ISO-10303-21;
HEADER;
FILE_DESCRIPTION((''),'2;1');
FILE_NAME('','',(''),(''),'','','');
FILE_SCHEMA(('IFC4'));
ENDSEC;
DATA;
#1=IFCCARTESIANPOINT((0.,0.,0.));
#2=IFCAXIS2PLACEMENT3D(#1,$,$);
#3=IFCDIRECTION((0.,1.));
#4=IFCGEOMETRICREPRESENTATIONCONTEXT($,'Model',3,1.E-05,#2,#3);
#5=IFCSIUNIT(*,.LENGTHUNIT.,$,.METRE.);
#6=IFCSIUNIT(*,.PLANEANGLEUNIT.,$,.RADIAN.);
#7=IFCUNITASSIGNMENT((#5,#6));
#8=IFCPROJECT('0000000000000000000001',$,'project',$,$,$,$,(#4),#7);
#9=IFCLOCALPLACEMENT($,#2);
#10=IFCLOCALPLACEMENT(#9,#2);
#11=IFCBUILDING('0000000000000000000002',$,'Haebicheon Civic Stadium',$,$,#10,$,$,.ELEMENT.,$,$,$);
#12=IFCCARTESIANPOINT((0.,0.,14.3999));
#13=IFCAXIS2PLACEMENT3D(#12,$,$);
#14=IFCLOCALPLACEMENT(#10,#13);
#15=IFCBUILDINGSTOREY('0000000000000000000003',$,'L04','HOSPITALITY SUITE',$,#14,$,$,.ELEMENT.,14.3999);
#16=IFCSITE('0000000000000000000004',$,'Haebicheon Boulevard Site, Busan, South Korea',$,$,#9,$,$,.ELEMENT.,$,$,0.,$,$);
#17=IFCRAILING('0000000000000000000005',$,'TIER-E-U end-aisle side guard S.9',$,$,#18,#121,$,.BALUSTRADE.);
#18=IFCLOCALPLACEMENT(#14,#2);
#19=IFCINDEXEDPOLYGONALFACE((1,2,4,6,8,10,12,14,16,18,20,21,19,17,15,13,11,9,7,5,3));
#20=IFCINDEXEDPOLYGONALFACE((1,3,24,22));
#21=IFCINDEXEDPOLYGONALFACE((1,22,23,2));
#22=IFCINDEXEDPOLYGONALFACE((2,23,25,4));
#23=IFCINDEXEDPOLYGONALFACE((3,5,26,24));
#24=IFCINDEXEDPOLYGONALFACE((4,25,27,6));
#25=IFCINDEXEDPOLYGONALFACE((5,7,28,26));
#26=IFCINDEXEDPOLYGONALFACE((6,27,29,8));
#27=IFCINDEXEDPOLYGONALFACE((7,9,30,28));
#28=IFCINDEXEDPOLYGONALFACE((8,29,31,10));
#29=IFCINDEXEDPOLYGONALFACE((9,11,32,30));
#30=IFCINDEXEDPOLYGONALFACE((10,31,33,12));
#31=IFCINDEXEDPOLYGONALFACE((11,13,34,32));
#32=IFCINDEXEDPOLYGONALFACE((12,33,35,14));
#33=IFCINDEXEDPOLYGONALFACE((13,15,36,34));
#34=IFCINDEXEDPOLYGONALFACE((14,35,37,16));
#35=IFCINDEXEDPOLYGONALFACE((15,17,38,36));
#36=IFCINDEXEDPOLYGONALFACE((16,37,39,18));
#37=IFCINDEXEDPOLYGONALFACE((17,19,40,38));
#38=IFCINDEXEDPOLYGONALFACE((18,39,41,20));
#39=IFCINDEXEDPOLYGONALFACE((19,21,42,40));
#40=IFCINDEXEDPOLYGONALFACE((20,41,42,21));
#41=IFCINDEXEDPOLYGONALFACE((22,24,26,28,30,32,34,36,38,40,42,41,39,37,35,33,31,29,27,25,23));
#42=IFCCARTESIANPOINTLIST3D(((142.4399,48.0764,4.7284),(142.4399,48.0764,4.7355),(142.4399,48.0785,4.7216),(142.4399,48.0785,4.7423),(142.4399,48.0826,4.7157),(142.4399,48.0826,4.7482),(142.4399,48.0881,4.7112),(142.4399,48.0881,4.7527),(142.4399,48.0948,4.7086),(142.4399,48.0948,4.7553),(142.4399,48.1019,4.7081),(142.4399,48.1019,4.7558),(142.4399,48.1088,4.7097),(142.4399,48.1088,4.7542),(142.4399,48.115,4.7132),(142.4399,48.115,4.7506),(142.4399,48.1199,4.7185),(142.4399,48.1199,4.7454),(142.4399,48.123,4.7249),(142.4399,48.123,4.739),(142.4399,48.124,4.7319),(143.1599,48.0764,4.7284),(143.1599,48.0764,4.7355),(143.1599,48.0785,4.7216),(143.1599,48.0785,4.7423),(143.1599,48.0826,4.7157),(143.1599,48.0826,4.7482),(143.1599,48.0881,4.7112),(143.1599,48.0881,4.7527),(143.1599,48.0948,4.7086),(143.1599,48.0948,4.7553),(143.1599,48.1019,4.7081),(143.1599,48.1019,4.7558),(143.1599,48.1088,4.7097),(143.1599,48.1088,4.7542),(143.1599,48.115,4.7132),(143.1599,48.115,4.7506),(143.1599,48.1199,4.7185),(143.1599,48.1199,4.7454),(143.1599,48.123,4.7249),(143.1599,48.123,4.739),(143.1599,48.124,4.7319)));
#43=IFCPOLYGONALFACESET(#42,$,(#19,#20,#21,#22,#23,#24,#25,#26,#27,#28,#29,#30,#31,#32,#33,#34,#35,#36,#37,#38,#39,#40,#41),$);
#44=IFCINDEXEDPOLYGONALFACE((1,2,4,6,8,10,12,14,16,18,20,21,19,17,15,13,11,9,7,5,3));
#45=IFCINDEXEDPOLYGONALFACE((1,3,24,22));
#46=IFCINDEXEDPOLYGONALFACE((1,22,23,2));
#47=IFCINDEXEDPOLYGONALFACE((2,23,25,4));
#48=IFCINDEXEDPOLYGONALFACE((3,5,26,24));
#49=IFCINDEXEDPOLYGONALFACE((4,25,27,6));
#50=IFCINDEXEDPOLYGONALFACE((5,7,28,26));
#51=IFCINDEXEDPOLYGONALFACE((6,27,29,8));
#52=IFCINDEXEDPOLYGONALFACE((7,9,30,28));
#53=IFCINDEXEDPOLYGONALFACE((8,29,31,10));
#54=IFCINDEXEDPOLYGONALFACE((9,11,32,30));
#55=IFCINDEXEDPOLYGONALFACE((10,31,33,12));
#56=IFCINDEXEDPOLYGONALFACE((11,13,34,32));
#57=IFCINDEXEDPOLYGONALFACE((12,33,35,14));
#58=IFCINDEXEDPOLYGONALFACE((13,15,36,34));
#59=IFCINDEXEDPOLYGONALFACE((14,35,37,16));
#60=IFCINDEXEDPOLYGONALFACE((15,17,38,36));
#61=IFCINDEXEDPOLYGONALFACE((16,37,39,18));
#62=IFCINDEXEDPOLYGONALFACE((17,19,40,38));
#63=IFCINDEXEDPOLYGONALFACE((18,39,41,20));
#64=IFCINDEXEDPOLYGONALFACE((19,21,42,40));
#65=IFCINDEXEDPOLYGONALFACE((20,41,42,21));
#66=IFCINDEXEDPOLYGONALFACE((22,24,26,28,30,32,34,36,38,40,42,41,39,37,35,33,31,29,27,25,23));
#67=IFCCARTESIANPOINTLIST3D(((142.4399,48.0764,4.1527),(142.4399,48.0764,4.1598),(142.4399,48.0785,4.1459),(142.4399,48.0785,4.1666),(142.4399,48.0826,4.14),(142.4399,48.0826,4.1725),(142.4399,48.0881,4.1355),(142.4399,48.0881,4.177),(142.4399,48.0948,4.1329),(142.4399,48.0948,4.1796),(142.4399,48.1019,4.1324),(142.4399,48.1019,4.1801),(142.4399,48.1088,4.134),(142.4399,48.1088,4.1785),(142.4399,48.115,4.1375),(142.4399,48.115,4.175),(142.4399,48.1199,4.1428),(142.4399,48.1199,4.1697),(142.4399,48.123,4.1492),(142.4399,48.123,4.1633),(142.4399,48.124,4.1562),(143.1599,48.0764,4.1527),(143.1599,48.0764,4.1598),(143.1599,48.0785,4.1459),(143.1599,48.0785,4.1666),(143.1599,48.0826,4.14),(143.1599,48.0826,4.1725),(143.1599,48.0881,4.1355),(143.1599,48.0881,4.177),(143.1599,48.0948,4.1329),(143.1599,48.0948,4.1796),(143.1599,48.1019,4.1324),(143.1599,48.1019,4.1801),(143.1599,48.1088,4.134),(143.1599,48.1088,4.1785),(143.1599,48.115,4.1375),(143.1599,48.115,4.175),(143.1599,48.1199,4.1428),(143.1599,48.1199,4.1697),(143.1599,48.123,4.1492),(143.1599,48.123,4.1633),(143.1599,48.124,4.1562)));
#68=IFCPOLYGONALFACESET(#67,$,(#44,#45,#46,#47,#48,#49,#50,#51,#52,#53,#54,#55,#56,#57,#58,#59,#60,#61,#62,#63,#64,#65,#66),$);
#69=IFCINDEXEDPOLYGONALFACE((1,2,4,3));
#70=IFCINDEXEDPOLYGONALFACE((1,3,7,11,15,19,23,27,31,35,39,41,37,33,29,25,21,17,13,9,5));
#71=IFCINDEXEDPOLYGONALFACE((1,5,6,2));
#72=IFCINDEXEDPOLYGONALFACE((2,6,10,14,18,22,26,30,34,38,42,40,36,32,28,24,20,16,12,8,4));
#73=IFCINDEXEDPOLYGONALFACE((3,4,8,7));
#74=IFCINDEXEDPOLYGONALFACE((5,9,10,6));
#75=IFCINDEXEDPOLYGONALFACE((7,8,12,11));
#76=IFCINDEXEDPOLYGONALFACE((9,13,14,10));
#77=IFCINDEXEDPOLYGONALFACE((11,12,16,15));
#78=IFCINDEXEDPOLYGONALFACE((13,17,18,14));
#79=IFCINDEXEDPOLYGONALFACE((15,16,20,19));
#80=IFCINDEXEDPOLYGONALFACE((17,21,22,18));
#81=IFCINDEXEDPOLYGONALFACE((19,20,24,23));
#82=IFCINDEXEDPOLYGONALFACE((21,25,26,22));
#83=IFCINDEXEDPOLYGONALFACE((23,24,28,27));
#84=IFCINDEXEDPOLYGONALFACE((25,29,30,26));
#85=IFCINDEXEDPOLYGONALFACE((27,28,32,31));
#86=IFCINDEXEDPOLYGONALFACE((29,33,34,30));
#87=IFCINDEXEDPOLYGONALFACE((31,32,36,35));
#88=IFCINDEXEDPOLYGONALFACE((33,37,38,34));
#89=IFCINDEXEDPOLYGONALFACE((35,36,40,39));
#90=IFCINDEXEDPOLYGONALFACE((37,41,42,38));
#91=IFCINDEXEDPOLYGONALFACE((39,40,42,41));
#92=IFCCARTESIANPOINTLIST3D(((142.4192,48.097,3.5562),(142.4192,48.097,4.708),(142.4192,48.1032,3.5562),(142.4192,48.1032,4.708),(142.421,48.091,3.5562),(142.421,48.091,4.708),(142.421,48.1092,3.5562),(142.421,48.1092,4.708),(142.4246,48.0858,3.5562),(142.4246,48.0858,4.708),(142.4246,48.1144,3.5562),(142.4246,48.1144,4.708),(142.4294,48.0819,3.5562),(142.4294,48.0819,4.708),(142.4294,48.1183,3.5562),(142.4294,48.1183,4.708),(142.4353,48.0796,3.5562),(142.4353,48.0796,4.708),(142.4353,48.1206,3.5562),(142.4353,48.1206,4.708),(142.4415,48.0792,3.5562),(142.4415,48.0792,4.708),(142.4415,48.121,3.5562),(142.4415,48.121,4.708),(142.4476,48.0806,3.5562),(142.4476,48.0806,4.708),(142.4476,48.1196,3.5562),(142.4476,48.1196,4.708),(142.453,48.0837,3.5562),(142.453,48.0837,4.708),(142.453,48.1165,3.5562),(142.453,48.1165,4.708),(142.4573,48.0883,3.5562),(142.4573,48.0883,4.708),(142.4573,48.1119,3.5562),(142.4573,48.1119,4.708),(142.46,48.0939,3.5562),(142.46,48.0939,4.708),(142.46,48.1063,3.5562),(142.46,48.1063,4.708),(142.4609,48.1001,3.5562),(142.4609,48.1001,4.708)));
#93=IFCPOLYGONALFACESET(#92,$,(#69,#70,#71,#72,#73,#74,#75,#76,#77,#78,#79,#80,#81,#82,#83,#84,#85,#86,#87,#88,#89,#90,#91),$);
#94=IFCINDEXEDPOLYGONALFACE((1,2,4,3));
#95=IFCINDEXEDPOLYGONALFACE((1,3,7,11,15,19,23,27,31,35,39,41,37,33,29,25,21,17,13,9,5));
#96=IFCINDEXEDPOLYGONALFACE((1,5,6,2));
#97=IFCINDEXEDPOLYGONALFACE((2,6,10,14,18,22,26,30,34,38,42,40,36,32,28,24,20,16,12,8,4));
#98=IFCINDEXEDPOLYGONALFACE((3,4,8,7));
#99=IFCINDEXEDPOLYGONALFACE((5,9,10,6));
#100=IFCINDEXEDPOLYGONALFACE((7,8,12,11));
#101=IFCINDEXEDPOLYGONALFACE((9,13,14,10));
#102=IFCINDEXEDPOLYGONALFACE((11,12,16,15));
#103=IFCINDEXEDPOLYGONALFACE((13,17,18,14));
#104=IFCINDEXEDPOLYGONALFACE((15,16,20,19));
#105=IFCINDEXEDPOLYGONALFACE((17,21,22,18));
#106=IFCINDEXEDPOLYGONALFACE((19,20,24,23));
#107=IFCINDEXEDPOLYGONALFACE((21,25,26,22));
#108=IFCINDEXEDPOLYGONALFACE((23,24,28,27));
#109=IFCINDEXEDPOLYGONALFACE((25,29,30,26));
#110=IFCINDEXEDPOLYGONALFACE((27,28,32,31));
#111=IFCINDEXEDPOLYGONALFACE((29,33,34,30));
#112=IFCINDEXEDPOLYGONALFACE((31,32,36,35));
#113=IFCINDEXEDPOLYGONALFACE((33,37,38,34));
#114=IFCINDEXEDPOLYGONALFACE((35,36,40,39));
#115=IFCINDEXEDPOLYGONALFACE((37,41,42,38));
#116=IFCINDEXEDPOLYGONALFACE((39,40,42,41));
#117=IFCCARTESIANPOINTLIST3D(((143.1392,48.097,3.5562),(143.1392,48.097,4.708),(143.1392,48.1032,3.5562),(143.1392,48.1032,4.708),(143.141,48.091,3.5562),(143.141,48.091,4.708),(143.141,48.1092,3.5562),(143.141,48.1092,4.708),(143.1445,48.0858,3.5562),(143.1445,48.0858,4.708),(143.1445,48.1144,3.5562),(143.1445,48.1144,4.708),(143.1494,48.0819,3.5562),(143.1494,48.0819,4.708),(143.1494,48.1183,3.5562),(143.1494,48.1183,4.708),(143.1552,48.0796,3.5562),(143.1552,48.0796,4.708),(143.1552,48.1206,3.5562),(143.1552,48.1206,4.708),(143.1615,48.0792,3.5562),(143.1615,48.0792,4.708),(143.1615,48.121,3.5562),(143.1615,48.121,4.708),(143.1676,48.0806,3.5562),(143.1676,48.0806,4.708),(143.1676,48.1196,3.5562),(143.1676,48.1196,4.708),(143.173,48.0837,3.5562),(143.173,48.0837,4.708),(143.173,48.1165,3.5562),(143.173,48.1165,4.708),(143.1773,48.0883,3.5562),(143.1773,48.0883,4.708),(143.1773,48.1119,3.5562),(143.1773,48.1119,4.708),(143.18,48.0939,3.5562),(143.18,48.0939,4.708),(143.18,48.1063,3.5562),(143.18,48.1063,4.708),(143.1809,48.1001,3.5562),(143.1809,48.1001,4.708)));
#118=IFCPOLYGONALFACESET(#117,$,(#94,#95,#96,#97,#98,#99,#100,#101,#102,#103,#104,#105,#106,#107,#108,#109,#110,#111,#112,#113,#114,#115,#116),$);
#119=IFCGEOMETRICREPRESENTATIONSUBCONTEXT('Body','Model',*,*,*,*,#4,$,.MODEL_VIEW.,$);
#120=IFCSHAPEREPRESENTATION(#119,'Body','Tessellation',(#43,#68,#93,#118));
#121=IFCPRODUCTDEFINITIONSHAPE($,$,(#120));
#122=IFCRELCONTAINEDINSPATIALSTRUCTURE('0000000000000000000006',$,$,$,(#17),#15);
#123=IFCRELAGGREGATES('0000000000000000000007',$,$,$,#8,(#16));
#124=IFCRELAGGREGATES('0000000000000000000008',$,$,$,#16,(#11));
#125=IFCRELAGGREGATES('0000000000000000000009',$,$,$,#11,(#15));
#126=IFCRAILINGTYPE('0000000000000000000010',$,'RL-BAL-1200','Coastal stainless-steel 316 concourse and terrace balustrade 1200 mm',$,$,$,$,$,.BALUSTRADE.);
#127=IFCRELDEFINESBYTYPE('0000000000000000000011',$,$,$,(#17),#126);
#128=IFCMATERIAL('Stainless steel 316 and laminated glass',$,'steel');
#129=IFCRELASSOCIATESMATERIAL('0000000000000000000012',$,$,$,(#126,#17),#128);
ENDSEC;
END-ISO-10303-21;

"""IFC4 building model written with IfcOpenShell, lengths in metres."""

from ifc_helpers import new_model, si_unit, direction, frame, origin, origin_2d, place, context, subcontext, project, spatial, circle, extrude, material, type_object, element, save


model = new_model("IFC4")

# Units and contexts
model_context = context("Model", 3, precision=1e-05, world=origin(), true_north=direction((0.0, 1.0)))
body_context = subcontext(model_context, "Body", "Model", "MODEL_VIEW")
ifc_project = project(units=[si_unit("LENGTHUNIT", "METRE"), si_unit("PLANEANGLEUNIT", "RADIAN")], contexts=[model_context])

# Site, building, storey
site_placement = place(None, origin())
site = spatial("IfcSite", under=ifc_project, at=site_placement, Name="Haebicheon Boulevard Site, Busan, South Korea", CompositionType="ELEMENT", RefElevation=0.0)
building_placement = place(site_placement, origin())
building = spatial("IfcBuilding", under=site, at=building_placement, Name="Haebicheon Civic Stadium", CompositionType="ELEMENT")
storey_placement = place(building_placement, frame((0.0, 0.0, 14.3999)))
storey = spatial("IfcBuildingStorey", under=building, at=storey_placement, Name="L04", Description="HOSPITALITY SUITE", CompositionType="ELEMENT", Elevation=14.3999)

# Railing
ifc_material_1 = material(Name="Stainless steel 316 and laminated glass", Category="steel")
railing_type = type_object("IfcRailingType", Name="RL-BAL-1200", Description="Coastal stainless-steel 316 concourse and terrace balustrade 1200 mm", PredefinedType="BALUSTRADE", material=ifc_material_1)
railing_1_placement = place(storey_placement, frame((142.4399, 48.1001, 3.5562)))
element("IfcRailing", 1, at=railing_1_placement, inside=storey, type_object=railing_type, material=ifc_material_1, Name="TIER-E-U end-aisle side guard S.9", PredefinedType="BALUSTRADE", context=body_context, shape_type="SweptSolid", body=[
    extrude(circle(Radius=0.0239, at=origin_2d()), frame((0.0, 0.0, 1.1758), z_axis=(1.0, 0.0, 0.0), x_axis=(0.0, 1.0, 0.0)), (0.0, 0.0, 1.0), 0.72),
    extrude(circle(Radius=0.0239, at=origin_2d()), frame((0.0, 0.0, 0.6001), z_axis=(1.0, 0.0, 0.0), x_axis=(0.0, 1.0, 0.0)), (0.0, 0.0, 1.0), 0.72),
    extrude(circle(Radius=0.021, at=origin_2d()), origin(), (0.0, 0.0, 1.0), 1.1519),
    extrude(circle(Radius=0.021, at=origin_2d()), frame((0.72, 0.0, 0.0)), (0.0, 0.0, 1.0), 1.1519),
])

save(model, "model.ifc")
